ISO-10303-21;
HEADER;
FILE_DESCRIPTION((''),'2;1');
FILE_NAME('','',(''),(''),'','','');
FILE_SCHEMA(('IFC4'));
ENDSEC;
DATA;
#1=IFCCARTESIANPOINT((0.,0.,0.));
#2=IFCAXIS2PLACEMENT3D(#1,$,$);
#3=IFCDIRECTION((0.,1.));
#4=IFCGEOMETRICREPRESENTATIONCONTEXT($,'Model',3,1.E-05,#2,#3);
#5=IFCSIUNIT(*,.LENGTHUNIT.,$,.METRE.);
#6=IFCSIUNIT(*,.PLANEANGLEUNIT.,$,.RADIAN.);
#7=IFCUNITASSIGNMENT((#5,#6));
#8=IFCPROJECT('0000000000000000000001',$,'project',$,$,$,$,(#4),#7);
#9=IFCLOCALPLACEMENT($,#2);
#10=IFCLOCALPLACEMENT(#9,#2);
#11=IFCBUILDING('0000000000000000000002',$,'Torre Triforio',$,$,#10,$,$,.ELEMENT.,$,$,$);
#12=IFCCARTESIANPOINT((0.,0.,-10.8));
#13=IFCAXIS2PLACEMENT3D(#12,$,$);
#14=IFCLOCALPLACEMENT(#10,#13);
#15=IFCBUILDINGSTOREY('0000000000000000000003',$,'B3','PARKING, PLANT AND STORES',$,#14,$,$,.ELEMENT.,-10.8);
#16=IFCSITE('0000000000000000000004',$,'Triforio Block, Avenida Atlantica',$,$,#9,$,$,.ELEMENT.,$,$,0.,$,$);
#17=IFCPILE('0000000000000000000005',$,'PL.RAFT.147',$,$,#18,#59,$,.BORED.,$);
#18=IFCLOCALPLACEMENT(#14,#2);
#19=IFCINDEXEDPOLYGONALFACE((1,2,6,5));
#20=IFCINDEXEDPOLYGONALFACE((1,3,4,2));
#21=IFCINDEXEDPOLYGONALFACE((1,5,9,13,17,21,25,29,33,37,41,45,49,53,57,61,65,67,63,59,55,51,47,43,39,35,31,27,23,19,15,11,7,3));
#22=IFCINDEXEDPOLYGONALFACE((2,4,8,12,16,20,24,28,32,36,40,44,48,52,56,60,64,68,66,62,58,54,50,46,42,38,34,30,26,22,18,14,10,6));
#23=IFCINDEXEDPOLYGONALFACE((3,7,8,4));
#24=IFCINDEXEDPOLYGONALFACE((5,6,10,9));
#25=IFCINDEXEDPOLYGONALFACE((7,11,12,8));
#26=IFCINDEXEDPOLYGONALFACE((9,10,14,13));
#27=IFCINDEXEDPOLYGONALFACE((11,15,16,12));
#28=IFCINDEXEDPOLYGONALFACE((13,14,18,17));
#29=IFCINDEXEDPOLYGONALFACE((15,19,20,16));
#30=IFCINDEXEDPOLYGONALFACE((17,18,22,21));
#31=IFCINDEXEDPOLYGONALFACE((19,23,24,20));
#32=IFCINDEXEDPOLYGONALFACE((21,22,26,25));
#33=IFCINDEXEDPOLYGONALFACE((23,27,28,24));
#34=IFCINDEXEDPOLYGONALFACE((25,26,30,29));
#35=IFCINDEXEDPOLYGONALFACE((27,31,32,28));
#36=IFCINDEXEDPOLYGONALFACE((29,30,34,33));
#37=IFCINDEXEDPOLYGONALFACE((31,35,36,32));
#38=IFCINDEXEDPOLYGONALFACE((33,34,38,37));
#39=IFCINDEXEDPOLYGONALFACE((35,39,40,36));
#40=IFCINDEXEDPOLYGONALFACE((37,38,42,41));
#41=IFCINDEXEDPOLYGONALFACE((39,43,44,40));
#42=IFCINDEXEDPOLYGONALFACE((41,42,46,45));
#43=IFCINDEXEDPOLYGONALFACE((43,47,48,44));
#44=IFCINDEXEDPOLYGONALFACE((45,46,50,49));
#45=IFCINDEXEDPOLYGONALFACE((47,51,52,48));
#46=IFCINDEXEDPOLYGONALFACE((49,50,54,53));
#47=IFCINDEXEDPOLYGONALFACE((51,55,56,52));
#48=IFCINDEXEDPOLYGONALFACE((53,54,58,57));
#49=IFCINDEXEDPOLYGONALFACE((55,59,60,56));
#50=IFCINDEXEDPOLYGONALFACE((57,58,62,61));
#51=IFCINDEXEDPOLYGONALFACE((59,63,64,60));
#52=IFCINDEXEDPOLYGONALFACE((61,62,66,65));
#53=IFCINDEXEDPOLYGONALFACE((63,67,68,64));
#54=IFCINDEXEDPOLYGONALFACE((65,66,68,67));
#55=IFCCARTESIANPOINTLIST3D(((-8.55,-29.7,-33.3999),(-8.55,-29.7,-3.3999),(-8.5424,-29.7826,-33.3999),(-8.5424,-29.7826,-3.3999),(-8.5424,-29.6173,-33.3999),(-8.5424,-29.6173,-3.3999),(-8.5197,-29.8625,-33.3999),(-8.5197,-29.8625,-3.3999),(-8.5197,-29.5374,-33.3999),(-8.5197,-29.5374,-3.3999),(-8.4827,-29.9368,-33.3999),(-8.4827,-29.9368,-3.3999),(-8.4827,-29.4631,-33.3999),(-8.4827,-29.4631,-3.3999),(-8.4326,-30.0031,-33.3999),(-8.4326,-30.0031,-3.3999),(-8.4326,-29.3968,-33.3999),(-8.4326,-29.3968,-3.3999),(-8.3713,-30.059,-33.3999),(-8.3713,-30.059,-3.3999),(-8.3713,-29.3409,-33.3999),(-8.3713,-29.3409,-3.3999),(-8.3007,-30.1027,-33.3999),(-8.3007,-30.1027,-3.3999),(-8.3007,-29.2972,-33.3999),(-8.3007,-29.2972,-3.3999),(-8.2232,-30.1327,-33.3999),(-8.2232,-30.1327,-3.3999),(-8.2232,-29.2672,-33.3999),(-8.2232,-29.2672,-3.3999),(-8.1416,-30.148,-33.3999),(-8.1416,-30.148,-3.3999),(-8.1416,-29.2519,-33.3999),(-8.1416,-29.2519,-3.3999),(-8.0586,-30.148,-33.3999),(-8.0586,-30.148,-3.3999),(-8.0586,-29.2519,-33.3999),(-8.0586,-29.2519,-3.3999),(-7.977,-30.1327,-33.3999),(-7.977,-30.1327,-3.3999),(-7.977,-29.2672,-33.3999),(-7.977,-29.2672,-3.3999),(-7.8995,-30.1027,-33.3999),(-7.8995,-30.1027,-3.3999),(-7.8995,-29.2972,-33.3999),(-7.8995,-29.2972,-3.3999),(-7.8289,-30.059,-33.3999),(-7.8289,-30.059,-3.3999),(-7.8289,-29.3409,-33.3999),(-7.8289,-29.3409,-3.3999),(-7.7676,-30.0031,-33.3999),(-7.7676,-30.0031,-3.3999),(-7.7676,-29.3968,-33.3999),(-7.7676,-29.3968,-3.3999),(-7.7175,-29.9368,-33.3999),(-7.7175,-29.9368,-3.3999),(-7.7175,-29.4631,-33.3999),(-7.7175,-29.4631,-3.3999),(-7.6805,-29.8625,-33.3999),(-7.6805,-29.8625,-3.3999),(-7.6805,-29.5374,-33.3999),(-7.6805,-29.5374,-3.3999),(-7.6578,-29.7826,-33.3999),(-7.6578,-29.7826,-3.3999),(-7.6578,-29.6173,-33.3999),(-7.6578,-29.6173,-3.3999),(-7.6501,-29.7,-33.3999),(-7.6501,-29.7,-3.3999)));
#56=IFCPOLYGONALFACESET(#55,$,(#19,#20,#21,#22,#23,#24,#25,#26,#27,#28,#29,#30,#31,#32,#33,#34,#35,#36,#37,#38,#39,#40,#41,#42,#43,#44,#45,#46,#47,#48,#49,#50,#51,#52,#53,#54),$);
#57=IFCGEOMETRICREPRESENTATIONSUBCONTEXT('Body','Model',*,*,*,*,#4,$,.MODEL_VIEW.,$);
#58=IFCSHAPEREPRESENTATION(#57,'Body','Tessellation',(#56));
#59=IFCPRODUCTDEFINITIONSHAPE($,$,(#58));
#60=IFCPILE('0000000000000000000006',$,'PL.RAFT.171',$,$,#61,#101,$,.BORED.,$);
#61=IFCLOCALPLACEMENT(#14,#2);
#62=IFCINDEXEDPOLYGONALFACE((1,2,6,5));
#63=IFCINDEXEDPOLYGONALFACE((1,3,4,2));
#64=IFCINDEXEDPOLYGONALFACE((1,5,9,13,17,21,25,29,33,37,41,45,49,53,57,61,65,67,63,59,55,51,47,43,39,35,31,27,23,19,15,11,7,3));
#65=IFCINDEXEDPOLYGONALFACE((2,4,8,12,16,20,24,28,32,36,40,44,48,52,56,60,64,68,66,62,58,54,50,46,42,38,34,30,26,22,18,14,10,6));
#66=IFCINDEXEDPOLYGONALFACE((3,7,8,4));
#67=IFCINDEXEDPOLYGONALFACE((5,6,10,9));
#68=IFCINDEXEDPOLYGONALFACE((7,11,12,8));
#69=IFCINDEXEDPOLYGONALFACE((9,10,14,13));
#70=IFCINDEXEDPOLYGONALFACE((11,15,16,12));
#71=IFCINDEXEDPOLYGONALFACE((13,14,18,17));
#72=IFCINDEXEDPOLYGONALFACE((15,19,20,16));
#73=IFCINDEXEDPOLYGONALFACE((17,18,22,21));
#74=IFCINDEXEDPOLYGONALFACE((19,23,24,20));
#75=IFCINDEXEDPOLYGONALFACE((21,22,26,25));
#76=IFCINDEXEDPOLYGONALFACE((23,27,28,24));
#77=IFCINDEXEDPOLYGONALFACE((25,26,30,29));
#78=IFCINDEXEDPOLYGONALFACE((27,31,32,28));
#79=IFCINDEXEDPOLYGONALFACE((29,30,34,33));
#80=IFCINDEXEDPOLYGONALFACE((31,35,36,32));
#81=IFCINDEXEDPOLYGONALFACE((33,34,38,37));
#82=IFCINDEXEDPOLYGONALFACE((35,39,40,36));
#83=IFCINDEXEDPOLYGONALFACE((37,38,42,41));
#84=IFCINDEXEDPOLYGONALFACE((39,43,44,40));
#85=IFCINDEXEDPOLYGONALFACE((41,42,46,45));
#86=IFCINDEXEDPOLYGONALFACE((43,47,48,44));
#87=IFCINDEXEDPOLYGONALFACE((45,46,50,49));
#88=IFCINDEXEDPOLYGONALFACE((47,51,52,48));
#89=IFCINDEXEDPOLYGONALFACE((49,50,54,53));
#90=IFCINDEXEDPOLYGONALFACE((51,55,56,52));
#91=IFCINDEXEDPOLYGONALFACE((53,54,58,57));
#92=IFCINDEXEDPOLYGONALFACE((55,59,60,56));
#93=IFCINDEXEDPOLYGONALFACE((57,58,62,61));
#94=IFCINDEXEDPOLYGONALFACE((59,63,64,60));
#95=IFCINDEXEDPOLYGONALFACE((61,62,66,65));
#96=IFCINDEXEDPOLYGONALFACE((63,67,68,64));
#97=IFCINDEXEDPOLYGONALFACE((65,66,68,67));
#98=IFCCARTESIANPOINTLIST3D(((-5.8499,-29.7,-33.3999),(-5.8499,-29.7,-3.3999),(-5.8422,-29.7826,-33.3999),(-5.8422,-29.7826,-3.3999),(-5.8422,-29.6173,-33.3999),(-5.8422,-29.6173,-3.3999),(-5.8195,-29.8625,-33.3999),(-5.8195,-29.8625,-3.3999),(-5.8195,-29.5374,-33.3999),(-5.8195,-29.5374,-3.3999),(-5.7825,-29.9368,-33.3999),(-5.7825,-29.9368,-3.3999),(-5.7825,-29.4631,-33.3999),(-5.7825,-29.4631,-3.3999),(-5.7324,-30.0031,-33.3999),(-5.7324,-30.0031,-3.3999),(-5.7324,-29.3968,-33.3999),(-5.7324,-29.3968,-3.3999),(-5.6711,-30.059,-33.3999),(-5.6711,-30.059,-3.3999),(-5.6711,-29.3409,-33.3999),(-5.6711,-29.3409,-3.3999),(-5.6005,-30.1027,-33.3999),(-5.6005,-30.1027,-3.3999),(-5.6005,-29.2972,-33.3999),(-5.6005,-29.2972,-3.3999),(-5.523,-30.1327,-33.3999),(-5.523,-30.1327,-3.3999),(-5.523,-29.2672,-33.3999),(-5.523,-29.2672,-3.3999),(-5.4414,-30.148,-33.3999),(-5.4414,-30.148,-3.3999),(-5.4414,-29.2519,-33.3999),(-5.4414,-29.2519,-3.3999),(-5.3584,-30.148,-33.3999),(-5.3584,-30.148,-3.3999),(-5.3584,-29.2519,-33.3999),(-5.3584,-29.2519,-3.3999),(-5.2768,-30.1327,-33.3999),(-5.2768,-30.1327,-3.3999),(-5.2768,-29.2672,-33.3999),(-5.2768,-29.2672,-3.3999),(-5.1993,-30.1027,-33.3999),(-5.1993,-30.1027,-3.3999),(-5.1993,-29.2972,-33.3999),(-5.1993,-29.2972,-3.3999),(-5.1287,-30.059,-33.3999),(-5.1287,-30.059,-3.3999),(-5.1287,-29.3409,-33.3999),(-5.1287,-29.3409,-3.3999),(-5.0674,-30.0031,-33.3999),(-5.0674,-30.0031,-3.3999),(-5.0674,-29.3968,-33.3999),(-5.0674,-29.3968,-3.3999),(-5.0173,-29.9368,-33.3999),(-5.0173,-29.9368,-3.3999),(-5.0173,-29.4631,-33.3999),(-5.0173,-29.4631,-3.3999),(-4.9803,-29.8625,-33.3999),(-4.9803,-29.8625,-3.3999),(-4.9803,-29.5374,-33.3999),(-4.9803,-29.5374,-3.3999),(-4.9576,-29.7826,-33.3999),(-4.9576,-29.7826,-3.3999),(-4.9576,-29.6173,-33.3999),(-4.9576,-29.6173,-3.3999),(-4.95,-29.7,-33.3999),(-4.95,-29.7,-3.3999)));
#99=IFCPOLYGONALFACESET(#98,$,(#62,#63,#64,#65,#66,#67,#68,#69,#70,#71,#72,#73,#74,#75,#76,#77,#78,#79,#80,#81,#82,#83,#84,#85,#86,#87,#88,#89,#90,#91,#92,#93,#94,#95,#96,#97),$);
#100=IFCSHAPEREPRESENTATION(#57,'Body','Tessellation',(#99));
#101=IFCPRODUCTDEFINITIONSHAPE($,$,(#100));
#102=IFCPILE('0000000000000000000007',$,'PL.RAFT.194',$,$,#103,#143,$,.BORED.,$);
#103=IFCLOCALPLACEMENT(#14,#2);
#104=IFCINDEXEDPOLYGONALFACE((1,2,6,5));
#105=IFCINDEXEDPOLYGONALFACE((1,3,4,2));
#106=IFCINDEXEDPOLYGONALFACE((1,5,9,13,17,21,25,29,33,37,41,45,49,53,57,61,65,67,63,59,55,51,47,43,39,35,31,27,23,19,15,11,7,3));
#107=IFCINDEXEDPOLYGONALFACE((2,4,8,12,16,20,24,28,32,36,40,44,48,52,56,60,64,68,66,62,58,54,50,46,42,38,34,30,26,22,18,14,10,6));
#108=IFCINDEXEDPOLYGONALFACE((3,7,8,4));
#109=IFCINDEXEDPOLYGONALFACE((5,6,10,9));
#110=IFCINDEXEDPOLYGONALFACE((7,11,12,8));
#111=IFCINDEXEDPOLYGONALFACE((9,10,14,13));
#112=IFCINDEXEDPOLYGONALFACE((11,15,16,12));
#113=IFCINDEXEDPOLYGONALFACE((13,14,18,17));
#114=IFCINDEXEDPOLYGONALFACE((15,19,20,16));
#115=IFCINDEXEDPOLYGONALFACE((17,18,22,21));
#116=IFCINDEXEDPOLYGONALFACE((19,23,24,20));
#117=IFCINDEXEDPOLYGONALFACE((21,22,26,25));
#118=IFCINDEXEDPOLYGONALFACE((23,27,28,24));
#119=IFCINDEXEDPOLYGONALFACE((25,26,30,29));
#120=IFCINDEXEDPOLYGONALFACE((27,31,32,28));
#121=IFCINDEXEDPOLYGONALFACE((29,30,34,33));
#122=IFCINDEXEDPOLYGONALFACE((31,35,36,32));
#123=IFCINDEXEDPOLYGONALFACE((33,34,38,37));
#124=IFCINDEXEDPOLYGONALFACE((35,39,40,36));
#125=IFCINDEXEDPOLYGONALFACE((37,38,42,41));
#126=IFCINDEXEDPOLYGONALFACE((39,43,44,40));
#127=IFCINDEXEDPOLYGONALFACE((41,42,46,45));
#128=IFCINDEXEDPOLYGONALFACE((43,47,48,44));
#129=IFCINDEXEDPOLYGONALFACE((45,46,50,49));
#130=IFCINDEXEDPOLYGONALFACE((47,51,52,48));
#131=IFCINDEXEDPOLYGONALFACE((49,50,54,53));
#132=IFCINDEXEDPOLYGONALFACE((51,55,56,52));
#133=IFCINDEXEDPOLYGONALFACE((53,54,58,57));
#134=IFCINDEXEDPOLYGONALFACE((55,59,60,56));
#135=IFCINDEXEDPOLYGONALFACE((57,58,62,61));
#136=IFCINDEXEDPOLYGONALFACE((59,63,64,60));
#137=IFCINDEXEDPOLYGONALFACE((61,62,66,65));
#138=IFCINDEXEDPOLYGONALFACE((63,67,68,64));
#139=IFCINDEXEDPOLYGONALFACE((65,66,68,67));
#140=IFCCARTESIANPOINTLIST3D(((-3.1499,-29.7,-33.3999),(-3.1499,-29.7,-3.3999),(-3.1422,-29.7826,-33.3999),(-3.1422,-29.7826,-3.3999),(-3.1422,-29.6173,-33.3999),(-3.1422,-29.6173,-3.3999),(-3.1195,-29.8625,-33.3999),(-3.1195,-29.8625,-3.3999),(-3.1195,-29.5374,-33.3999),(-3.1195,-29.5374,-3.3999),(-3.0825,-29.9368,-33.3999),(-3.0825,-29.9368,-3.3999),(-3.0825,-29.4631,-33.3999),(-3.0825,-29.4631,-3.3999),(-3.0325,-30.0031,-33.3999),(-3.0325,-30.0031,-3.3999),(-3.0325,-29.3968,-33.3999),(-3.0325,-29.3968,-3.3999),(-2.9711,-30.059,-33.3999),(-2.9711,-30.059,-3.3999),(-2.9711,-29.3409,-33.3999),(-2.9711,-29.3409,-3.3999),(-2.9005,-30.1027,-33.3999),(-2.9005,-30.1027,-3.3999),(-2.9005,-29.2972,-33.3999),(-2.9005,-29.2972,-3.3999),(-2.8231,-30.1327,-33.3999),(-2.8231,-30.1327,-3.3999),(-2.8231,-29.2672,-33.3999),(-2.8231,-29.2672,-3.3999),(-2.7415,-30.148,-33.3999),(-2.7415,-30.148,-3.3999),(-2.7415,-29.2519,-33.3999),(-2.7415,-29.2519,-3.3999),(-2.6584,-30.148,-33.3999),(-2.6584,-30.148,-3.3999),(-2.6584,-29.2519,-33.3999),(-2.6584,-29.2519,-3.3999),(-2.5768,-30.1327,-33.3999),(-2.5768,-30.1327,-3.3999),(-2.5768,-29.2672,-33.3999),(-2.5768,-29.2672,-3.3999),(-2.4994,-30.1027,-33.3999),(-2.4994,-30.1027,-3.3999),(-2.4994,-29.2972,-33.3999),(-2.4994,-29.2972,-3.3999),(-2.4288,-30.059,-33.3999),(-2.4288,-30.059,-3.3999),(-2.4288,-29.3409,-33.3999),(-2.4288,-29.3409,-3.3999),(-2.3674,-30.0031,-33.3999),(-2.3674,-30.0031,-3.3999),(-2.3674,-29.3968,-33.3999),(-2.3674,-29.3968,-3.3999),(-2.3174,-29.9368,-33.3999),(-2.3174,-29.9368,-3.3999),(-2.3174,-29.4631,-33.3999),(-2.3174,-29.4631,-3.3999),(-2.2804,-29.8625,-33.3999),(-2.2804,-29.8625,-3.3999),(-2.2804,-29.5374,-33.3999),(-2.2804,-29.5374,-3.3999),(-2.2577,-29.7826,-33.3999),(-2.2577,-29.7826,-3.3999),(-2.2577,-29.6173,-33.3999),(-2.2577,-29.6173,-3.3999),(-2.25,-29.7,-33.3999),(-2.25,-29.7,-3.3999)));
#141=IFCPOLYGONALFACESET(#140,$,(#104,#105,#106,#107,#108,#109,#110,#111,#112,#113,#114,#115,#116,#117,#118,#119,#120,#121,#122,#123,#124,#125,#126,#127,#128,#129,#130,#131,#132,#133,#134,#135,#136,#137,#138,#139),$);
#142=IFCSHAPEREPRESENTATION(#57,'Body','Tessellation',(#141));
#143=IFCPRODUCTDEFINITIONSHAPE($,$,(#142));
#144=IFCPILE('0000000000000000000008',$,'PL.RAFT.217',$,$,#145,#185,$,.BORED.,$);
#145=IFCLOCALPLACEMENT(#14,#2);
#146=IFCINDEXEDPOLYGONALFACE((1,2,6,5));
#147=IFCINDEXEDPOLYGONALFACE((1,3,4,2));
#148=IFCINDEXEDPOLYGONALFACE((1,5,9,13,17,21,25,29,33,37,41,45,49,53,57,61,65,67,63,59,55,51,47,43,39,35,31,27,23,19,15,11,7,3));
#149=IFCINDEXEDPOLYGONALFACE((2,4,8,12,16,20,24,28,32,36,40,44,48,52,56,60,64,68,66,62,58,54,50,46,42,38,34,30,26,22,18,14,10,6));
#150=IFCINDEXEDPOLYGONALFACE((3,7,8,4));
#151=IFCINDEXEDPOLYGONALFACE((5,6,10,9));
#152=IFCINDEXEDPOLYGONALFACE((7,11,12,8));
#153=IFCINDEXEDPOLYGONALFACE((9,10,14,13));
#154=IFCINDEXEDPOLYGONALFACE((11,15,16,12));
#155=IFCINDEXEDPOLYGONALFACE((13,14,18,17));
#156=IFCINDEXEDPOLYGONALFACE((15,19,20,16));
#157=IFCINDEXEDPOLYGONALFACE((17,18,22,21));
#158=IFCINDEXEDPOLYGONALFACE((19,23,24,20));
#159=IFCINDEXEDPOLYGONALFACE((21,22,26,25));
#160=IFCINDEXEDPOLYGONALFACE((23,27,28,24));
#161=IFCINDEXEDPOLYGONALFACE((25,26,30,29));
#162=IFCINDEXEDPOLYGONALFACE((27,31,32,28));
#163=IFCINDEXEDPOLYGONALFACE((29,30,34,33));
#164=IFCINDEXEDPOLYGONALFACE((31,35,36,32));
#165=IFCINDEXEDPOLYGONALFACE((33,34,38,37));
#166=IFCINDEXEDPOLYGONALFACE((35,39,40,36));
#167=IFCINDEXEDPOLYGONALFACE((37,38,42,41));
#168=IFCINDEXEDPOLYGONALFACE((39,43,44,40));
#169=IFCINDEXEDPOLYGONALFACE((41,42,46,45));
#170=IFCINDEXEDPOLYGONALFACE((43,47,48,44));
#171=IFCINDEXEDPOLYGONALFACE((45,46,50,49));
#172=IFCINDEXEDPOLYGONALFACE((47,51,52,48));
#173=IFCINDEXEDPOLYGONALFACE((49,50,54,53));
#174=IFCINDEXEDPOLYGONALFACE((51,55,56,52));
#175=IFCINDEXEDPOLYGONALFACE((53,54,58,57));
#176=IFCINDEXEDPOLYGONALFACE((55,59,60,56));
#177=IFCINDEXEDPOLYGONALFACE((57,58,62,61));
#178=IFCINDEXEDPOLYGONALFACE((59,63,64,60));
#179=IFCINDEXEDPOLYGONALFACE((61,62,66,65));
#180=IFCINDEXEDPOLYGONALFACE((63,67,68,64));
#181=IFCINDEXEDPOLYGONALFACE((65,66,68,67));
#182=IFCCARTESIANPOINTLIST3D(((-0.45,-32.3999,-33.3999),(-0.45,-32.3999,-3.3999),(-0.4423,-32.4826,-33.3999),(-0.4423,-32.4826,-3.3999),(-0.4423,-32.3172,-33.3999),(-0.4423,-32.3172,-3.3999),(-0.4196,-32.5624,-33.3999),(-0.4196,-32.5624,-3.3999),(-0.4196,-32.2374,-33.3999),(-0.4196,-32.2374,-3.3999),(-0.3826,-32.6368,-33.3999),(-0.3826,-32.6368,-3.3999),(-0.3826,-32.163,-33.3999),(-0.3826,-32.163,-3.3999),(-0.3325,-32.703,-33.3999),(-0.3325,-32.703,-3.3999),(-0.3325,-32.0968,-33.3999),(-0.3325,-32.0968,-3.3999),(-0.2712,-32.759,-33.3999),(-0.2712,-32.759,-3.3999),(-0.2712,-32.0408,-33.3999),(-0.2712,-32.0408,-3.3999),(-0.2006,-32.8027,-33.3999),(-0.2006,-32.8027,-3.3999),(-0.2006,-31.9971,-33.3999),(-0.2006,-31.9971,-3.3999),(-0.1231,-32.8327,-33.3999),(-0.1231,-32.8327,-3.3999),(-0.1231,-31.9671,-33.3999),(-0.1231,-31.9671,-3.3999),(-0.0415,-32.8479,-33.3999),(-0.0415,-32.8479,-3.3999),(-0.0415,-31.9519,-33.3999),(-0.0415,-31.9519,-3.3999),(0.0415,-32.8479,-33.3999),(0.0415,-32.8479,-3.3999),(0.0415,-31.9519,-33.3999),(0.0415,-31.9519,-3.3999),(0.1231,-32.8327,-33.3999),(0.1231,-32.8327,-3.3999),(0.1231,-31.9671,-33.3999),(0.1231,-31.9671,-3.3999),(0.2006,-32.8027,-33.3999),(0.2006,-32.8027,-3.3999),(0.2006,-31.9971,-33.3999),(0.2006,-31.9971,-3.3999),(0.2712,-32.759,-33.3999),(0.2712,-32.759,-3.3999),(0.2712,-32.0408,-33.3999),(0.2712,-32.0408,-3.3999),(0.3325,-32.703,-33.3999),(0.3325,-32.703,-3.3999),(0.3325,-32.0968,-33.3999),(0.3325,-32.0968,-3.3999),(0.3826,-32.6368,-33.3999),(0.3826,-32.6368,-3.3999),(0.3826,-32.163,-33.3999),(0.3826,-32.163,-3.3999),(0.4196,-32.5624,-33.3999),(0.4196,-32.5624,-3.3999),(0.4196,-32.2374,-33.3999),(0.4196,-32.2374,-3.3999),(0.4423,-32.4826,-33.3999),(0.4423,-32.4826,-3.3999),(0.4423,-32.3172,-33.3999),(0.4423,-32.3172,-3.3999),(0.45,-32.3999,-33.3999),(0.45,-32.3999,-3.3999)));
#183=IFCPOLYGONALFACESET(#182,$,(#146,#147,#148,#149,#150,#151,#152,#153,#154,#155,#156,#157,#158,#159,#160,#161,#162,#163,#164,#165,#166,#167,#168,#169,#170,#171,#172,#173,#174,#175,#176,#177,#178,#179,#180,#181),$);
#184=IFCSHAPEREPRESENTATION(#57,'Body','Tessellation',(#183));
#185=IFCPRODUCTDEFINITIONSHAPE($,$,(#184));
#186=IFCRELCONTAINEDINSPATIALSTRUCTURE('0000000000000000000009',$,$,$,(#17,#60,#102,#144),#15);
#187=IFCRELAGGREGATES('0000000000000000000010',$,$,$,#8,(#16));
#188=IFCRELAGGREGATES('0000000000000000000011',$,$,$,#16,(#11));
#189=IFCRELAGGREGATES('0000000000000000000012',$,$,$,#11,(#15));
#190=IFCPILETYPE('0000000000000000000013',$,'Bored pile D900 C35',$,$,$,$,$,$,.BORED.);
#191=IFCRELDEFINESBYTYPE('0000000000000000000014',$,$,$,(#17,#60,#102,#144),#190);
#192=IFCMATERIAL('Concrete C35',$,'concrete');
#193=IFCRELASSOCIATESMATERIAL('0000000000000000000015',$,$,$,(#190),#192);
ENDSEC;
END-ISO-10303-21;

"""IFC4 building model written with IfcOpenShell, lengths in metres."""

from ifc_helpers import new_model, si_unit, direction, frame, origin, origin_2d, place, context, subcontext, project, spatial, circle, extrude, material, material_profile, profile_set, type_object, element, save


model = new_model("IFC4")

# Units and contexts
model_context = context("Model", 3, precision=1e-05, world=origin(), true_north=direction((0.0, 1.0)))
body_context = subcontext(model_context, "Body", "Model", "MODEL_VIEW")
ifc_project = project(units=[si_unit("LENGTHUNIT", "METRE"), si_unit("PLANEANGLEUNIT", "RADIAN")], contexts=[model_context])

# Site, building, storey
site_placement = place(None, origin())
site = spatial("IfcSite", under=ifc_project, at=site_placement, Name="Triforio Block, Avenida Atlantica", CompositionType="ELEMENT", RefElevation=0.0)
building_placement = place(site_placement, origin())
building = spatial("IfcBuilding", under=site, at=building_placement, Name="Torre Triforio", CompositionType="ELEMENT")
storey_placement = place(building_placement, frame((0.0, 0.0, -10.8)))
storey = spatial("IfcBuildingStorey", under=building, at=storey_placement, Name="B3", Description="PARKING, PLANT AND STORES", CompositionType="ELEMENT", Elevation=-10.8)

# Piles
ifc_material_1 = material(Name="Concrete C35", Category="concrete")
ifc_material_profile_1 = material_profile(ifc_material_1, circle(Radius=0.45, at=origin_2d()), Name="RC D900")
ifc_profile_set_1 = profile_set([ifc_material_profile_1], Name="Concrete C35")
pile_type = type_object("IfcPileType", Name="Bored pile D900 C35", PredefinedType="BORED", material=ifc_profile_set_1)
for number, where, z_axis, x_axis, name in (
    (1, (-8.1001, -29.7, -3.3999), (0.0, 0.0, -1.0), (1.0, 0.0, 0.0), "PL.RAFT.147"),
    (2, (-5.3999, -29.7, -3.3999), (0.0, 0.0, -1.0), (1.0, 0.0, 0.0), "PL.RAFT.171"),
    (3, (-2.7, -29.7, -3.3999), (0.0, 0.0, -1.0), (1.0, 0.0, 0.0), "PL.RAFT.194"),
    (4, (0.0, -32.3999, -3.3999), (0.0, 0.0, -1.0), (1.0, 0.0, 0.0), "PL.RAFT.217"),
):
    element("IfcPile", number, at=place(storey_placement, frame(where, z_axis=z_axis, x_axis=x_axis)), inside=storey, type_object=pile_type, Name=name, PredefinedType="BORED", context=body_context, shape_type="SweptSolid", body=[
        extrude(circle(Radius=0.45, at=origin_2d()), origin(), (0.0, 0.0, 1.0), 30.0),
    ])

save(model, "model.ifc")
